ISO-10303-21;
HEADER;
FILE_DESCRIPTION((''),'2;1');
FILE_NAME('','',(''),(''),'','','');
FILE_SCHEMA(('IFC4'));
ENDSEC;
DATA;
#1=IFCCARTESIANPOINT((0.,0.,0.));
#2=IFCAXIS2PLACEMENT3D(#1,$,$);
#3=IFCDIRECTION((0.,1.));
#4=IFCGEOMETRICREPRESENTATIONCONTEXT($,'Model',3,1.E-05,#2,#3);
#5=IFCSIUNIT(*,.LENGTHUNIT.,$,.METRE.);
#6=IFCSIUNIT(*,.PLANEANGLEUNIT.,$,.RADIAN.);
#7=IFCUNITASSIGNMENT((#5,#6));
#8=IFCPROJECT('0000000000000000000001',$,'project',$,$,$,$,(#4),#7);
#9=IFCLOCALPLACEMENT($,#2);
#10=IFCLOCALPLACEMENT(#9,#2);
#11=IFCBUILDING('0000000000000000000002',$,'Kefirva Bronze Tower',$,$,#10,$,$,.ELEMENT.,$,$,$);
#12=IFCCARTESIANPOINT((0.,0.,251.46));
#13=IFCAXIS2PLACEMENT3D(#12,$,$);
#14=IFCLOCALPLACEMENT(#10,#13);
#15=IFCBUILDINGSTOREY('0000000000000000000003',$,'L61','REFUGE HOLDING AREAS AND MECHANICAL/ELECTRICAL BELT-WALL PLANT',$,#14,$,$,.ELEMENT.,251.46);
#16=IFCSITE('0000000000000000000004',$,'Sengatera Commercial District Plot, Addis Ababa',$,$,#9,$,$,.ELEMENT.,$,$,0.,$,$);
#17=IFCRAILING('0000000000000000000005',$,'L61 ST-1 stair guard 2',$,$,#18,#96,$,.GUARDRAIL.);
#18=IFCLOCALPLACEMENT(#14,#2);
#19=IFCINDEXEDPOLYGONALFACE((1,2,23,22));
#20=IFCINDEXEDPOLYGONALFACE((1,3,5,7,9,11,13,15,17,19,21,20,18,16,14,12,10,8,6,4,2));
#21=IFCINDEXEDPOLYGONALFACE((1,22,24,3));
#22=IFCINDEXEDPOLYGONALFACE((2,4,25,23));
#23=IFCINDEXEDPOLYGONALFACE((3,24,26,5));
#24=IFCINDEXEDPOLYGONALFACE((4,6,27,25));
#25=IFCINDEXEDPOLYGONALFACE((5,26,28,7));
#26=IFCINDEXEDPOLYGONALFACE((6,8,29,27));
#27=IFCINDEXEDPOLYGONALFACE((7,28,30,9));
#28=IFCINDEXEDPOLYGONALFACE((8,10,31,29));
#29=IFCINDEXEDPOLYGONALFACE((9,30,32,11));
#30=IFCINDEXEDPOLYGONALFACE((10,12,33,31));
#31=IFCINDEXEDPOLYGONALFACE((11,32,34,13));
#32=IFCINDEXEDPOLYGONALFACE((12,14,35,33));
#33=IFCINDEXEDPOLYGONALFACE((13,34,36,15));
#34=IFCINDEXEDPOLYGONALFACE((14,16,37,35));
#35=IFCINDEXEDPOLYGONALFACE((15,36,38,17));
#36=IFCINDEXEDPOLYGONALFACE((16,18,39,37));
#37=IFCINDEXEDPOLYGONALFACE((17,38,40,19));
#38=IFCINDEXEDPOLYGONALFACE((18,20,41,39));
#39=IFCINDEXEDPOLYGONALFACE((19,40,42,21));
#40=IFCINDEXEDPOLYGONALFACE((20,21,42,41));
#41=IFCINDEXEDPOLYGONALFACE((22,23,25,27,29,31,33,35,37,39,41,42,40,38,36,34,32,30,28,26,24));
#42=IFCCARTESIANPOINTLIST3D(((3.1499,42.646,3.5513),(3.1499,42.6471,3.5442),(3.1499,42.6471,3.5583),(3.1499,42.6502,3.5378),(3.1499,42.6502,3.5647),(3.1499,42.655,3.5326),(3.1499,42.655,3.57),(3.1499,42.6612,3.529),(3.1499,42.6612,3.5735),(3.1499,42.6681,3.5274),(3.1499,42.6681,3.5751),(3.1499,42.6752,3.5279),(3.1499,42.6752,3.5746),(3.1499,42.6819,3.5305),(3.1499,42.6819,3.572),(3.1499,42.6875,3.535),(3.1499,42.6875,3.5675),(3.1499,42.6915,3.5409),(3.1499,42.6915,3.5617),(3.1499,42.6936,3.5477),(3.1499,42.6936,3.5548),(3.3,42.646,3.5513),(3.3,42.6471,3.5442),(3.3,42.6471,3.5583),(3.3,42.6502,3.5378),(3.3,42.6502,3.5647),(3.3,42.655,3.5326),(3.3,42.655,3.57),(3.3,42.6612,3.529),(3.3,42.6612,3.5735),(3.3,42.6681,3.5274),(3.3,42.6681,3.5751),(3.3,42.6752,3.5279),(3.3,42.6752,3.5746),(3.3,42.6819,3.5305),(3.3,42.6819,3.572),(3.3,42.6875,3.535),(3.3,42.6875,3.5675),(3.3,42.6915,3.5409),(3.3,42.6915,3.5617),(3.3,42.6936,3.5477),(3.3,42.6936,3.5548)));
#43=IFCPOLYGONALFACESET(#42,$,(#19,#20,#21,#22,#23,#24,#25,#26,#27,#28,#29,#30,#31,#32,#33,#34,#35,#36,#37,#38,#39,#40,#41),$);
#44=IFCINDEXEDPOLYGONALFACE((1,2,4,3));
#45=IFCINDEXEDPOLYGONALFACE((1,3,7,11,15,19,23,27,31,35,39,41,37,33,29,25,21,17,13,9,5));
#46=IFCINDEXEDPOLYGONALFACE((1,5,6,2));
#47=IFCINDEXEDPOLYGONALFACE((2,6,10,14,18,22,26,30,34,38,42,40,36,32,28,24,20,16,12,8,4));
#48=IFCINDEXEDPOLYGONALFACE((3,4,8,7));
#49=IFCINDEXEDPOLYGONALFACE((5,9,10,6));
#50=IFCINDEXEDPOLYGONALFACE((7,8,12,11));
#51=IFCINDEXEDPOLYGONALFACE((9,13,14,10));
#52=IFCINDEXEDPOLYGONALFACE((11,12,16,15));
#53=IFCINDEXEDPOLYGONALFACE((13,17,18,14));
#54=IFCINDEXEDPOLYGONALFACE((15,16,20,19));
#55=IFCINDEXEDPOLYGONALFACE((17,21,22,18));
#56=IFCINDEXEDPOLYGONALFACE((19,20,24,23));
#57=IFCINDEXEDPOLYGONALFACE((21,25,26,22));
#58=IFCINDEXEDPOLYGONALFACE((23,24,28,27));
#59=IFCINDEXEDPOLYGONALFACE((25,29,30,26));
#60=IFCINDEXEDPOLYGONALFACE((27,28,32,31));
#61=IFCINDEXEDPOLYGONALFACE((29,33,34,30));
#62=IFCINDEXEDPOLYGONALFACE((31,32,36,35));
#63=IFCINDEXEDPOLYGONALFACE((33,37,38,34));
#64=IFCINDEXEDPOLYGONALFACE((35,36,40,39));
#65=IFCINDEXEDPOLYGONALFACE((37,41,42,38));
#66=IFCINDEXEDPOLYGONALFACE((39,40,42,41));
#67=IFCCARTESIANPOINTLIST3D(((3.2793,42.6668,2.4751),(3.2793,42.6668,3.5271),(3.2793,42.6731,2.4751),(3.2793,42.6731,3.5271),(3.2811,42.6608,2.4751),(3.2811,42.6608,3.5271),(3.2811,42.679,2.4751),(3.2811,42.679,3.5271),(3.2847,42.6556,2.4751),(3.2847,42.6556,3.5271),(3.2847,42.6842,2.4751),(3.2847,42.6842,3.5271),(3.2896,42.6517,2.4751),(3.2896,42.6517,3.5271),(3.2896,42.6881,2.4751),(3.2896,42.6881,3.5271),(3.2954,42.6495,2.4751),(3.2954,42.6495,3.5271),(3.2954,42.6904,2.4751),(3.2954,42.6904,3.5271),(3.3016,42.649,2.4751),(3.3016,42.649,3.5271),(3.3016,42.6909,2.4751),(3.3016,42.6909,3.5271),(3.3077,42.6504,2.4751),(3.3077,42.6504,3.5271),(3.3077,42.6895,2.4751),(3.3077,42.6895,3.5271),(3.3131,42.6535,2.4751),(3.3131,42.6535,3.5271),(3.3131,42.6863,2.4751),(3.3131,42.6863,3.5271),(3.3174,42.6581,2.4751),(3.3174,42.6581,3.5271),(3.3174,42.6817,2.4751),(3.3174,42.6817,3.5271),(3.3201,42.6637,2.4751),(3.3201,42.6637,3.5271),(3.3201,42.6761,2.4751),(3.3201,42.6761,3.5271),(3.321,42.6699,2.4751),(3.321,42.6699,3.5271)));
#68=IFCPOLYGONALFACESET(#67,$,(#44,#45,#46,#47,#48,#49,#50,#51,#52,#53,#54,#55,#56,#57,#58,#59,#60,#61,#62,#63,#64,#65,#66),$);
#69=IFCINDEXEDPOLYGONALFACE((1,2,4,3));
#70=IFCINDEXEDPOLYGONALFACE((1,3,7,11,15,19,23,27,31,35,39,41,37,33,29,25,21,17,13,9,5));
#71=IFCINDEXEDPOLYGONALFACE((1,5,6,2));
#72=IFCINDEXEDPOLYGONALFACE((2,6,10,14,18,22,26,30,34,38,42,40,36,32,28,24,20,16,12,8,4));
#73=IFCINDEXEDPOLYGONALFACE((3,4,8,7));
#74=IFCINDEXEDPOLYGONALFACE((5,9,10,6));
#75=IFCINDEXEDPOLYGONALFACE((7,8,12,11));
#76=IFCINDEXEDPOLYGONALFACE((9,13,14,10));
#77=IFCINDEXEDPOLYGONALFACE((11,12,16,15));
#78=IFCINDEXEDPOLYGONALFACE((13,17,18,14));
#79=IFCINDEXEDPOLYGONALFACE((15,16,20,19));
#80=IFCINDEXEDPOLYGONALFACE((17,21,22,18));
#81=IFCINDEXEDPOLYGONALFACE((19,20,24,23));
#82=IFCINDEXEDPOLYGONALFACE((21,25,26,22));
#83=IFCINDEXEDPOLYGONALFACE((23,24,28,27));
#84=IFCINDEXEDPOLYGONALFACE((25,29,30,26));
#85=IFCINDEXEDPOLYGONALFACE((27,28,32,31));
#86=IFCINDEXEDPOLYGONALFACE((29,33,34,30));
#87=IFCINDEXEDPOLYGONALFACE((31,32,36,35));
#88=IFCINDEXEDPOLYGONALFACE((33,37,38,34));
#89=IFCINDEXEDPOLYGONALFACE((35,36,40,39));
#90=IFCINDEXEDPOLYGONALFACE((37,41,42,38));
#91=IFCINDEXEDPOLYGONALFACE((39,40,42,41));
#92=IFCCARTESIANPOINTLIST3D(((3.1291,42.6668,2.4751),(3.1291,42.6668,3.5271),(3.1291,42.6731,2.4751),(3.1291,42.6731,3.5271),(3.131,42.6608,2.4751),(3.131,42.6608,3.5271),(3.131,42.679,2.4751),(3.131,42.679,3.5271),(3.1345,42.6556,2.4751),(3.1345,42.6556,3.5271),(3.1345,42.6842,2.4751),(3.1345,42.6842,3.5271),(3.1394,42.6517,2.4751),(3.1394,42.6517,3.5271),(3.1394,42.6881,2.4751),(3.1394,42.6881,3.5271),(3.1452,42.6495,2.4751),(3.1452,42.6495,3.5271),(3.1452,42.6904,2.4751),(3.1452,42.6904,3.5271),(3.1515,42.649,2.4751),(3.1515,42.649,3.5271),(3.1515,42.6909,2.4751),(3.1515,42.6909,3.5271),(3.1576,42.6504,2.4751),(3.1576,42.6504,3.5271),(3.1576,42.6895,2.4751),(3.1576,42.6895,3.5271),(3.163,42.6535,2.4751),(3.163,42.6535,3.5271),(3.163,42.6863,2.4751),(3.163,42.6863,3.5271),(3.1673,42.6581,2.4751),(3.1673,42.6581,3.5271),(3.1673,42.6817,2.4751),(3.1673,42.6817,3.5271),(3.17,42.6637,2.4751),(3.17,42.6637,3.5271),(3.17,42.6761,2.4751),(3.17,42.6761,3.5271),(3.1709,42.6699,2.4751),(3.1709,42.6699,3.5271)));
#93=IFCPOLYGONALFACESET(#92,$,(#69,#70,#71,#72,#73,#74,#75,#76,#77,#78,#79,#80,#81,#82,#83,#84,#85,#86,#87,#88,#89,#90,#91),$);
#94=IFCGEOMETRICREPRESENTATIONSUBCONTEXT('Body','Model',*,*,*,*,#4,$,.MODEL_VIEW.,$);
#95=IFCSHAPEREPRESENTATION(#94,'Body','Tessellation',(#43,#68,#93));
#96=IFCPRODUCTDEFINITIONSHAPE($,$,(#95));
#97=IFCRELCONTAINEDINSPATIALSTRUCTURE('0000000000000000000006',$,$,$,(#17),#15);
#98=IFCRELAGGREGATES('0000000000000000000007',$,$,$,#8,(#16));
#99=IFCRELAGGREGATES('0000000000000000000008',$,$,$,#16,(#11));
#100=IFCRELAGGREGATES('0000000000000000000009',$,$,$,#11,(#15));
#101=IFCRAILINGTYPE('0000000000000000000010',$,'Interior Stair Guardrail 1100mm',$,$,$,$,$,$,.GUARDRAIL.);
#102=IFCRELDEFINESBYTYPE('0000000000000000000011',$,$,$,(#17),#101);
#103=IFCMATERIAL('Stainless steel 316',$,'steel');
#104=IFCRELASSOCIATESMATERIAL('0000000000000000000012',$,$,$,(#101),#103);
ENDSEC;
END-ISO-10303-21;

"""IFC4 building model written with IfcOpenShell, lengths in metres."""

from ifc_helpers import new_model, si_unit, direction, frame, origin, origin_2d, place, context, subcontext, project, spatial, circle, extrude, material, type_object, element, save


model = new_model("IFC4")

# Units and contexts
model_context = context("Model", 3, precision=1e-05, world=origin(), true_north=direction((0.0, 1.0)))
body_context = subcontext(model_context, "Body", "Model", "MODEL_VIEW")
ifc_project = project(units=[si_unit("LENGTHUNIT", "METRE"), si_unit("PLANEANGLEUNIT", "RADIAN")], contexts=[model_context])

# Site, building, storey
site_placement = place(None, origin())
site = spatial("IfcSite", under=ifc_project, at=site_placement, Name="Sengatera Commercial District Plot, Addis Ababa", CompositionType="ELEMENT", RefElevation=0.0)
building_placement = place(site_placement, origin())
building = spatial("IfcBuilding", under=site, at=building_placement, Name="Kefirva Bronze Tower", CompositionType="ELEMENT")
storey_placement = place(building_placement, frame((0.0, 0.0, 251.46)))
storey = spatial("IfcBuildingStorey", under=building, at=storey_placement, Name="L61", Description="REFUGE HOLDING AREAS AND MECHANICAL/ELECTRICAL BELT-WALL PLANT", CompositionType="ELEMENT", Elevation=251.46)

# Shared definitions
ifc_material_1 = material(Name="Stainless steel 316", Category="steel")

# Railing
railing_type_1 = type_object("IfcRailingType", Name="Interior Stair Guardrail 1100mm", PredefinedType="GUARDRAIL", material=ifc_material_1)
railing_1_placement = place(storey_placement, frame((3.3, 42.6699, 2.4751)))
element("IfcRailing", 1, at=railing_1_placement, inside=storey, type_object=railing_type_1, Name="L61 ST-1 stair guard 2", PredefinedType="GUARDRAIL", context=body_context, shape_type="SweptSolid", body=[
    extrude(circle(Radius=0.0239, at=origin_2d()), frame((0.0, 0.0, 1.0762), z_axis=(-1.0, 0.0, 0.0), x_axis=(0.0, -1.0, 0.0)), (0.0, 0.0, 1.0), 0.1501),
    extrude(circle(Radius=0.021, at=origin_2d()), origin(), (0.0, 0.0, 1.0), 1.052),
    extrude(circle(Radius=0.021, at=origin_2d()), frame((-0.1501, 0.0, 0.0)), (0.0, 0.0, 1.0), 1.052),
])

save(model, "model.ifc")
